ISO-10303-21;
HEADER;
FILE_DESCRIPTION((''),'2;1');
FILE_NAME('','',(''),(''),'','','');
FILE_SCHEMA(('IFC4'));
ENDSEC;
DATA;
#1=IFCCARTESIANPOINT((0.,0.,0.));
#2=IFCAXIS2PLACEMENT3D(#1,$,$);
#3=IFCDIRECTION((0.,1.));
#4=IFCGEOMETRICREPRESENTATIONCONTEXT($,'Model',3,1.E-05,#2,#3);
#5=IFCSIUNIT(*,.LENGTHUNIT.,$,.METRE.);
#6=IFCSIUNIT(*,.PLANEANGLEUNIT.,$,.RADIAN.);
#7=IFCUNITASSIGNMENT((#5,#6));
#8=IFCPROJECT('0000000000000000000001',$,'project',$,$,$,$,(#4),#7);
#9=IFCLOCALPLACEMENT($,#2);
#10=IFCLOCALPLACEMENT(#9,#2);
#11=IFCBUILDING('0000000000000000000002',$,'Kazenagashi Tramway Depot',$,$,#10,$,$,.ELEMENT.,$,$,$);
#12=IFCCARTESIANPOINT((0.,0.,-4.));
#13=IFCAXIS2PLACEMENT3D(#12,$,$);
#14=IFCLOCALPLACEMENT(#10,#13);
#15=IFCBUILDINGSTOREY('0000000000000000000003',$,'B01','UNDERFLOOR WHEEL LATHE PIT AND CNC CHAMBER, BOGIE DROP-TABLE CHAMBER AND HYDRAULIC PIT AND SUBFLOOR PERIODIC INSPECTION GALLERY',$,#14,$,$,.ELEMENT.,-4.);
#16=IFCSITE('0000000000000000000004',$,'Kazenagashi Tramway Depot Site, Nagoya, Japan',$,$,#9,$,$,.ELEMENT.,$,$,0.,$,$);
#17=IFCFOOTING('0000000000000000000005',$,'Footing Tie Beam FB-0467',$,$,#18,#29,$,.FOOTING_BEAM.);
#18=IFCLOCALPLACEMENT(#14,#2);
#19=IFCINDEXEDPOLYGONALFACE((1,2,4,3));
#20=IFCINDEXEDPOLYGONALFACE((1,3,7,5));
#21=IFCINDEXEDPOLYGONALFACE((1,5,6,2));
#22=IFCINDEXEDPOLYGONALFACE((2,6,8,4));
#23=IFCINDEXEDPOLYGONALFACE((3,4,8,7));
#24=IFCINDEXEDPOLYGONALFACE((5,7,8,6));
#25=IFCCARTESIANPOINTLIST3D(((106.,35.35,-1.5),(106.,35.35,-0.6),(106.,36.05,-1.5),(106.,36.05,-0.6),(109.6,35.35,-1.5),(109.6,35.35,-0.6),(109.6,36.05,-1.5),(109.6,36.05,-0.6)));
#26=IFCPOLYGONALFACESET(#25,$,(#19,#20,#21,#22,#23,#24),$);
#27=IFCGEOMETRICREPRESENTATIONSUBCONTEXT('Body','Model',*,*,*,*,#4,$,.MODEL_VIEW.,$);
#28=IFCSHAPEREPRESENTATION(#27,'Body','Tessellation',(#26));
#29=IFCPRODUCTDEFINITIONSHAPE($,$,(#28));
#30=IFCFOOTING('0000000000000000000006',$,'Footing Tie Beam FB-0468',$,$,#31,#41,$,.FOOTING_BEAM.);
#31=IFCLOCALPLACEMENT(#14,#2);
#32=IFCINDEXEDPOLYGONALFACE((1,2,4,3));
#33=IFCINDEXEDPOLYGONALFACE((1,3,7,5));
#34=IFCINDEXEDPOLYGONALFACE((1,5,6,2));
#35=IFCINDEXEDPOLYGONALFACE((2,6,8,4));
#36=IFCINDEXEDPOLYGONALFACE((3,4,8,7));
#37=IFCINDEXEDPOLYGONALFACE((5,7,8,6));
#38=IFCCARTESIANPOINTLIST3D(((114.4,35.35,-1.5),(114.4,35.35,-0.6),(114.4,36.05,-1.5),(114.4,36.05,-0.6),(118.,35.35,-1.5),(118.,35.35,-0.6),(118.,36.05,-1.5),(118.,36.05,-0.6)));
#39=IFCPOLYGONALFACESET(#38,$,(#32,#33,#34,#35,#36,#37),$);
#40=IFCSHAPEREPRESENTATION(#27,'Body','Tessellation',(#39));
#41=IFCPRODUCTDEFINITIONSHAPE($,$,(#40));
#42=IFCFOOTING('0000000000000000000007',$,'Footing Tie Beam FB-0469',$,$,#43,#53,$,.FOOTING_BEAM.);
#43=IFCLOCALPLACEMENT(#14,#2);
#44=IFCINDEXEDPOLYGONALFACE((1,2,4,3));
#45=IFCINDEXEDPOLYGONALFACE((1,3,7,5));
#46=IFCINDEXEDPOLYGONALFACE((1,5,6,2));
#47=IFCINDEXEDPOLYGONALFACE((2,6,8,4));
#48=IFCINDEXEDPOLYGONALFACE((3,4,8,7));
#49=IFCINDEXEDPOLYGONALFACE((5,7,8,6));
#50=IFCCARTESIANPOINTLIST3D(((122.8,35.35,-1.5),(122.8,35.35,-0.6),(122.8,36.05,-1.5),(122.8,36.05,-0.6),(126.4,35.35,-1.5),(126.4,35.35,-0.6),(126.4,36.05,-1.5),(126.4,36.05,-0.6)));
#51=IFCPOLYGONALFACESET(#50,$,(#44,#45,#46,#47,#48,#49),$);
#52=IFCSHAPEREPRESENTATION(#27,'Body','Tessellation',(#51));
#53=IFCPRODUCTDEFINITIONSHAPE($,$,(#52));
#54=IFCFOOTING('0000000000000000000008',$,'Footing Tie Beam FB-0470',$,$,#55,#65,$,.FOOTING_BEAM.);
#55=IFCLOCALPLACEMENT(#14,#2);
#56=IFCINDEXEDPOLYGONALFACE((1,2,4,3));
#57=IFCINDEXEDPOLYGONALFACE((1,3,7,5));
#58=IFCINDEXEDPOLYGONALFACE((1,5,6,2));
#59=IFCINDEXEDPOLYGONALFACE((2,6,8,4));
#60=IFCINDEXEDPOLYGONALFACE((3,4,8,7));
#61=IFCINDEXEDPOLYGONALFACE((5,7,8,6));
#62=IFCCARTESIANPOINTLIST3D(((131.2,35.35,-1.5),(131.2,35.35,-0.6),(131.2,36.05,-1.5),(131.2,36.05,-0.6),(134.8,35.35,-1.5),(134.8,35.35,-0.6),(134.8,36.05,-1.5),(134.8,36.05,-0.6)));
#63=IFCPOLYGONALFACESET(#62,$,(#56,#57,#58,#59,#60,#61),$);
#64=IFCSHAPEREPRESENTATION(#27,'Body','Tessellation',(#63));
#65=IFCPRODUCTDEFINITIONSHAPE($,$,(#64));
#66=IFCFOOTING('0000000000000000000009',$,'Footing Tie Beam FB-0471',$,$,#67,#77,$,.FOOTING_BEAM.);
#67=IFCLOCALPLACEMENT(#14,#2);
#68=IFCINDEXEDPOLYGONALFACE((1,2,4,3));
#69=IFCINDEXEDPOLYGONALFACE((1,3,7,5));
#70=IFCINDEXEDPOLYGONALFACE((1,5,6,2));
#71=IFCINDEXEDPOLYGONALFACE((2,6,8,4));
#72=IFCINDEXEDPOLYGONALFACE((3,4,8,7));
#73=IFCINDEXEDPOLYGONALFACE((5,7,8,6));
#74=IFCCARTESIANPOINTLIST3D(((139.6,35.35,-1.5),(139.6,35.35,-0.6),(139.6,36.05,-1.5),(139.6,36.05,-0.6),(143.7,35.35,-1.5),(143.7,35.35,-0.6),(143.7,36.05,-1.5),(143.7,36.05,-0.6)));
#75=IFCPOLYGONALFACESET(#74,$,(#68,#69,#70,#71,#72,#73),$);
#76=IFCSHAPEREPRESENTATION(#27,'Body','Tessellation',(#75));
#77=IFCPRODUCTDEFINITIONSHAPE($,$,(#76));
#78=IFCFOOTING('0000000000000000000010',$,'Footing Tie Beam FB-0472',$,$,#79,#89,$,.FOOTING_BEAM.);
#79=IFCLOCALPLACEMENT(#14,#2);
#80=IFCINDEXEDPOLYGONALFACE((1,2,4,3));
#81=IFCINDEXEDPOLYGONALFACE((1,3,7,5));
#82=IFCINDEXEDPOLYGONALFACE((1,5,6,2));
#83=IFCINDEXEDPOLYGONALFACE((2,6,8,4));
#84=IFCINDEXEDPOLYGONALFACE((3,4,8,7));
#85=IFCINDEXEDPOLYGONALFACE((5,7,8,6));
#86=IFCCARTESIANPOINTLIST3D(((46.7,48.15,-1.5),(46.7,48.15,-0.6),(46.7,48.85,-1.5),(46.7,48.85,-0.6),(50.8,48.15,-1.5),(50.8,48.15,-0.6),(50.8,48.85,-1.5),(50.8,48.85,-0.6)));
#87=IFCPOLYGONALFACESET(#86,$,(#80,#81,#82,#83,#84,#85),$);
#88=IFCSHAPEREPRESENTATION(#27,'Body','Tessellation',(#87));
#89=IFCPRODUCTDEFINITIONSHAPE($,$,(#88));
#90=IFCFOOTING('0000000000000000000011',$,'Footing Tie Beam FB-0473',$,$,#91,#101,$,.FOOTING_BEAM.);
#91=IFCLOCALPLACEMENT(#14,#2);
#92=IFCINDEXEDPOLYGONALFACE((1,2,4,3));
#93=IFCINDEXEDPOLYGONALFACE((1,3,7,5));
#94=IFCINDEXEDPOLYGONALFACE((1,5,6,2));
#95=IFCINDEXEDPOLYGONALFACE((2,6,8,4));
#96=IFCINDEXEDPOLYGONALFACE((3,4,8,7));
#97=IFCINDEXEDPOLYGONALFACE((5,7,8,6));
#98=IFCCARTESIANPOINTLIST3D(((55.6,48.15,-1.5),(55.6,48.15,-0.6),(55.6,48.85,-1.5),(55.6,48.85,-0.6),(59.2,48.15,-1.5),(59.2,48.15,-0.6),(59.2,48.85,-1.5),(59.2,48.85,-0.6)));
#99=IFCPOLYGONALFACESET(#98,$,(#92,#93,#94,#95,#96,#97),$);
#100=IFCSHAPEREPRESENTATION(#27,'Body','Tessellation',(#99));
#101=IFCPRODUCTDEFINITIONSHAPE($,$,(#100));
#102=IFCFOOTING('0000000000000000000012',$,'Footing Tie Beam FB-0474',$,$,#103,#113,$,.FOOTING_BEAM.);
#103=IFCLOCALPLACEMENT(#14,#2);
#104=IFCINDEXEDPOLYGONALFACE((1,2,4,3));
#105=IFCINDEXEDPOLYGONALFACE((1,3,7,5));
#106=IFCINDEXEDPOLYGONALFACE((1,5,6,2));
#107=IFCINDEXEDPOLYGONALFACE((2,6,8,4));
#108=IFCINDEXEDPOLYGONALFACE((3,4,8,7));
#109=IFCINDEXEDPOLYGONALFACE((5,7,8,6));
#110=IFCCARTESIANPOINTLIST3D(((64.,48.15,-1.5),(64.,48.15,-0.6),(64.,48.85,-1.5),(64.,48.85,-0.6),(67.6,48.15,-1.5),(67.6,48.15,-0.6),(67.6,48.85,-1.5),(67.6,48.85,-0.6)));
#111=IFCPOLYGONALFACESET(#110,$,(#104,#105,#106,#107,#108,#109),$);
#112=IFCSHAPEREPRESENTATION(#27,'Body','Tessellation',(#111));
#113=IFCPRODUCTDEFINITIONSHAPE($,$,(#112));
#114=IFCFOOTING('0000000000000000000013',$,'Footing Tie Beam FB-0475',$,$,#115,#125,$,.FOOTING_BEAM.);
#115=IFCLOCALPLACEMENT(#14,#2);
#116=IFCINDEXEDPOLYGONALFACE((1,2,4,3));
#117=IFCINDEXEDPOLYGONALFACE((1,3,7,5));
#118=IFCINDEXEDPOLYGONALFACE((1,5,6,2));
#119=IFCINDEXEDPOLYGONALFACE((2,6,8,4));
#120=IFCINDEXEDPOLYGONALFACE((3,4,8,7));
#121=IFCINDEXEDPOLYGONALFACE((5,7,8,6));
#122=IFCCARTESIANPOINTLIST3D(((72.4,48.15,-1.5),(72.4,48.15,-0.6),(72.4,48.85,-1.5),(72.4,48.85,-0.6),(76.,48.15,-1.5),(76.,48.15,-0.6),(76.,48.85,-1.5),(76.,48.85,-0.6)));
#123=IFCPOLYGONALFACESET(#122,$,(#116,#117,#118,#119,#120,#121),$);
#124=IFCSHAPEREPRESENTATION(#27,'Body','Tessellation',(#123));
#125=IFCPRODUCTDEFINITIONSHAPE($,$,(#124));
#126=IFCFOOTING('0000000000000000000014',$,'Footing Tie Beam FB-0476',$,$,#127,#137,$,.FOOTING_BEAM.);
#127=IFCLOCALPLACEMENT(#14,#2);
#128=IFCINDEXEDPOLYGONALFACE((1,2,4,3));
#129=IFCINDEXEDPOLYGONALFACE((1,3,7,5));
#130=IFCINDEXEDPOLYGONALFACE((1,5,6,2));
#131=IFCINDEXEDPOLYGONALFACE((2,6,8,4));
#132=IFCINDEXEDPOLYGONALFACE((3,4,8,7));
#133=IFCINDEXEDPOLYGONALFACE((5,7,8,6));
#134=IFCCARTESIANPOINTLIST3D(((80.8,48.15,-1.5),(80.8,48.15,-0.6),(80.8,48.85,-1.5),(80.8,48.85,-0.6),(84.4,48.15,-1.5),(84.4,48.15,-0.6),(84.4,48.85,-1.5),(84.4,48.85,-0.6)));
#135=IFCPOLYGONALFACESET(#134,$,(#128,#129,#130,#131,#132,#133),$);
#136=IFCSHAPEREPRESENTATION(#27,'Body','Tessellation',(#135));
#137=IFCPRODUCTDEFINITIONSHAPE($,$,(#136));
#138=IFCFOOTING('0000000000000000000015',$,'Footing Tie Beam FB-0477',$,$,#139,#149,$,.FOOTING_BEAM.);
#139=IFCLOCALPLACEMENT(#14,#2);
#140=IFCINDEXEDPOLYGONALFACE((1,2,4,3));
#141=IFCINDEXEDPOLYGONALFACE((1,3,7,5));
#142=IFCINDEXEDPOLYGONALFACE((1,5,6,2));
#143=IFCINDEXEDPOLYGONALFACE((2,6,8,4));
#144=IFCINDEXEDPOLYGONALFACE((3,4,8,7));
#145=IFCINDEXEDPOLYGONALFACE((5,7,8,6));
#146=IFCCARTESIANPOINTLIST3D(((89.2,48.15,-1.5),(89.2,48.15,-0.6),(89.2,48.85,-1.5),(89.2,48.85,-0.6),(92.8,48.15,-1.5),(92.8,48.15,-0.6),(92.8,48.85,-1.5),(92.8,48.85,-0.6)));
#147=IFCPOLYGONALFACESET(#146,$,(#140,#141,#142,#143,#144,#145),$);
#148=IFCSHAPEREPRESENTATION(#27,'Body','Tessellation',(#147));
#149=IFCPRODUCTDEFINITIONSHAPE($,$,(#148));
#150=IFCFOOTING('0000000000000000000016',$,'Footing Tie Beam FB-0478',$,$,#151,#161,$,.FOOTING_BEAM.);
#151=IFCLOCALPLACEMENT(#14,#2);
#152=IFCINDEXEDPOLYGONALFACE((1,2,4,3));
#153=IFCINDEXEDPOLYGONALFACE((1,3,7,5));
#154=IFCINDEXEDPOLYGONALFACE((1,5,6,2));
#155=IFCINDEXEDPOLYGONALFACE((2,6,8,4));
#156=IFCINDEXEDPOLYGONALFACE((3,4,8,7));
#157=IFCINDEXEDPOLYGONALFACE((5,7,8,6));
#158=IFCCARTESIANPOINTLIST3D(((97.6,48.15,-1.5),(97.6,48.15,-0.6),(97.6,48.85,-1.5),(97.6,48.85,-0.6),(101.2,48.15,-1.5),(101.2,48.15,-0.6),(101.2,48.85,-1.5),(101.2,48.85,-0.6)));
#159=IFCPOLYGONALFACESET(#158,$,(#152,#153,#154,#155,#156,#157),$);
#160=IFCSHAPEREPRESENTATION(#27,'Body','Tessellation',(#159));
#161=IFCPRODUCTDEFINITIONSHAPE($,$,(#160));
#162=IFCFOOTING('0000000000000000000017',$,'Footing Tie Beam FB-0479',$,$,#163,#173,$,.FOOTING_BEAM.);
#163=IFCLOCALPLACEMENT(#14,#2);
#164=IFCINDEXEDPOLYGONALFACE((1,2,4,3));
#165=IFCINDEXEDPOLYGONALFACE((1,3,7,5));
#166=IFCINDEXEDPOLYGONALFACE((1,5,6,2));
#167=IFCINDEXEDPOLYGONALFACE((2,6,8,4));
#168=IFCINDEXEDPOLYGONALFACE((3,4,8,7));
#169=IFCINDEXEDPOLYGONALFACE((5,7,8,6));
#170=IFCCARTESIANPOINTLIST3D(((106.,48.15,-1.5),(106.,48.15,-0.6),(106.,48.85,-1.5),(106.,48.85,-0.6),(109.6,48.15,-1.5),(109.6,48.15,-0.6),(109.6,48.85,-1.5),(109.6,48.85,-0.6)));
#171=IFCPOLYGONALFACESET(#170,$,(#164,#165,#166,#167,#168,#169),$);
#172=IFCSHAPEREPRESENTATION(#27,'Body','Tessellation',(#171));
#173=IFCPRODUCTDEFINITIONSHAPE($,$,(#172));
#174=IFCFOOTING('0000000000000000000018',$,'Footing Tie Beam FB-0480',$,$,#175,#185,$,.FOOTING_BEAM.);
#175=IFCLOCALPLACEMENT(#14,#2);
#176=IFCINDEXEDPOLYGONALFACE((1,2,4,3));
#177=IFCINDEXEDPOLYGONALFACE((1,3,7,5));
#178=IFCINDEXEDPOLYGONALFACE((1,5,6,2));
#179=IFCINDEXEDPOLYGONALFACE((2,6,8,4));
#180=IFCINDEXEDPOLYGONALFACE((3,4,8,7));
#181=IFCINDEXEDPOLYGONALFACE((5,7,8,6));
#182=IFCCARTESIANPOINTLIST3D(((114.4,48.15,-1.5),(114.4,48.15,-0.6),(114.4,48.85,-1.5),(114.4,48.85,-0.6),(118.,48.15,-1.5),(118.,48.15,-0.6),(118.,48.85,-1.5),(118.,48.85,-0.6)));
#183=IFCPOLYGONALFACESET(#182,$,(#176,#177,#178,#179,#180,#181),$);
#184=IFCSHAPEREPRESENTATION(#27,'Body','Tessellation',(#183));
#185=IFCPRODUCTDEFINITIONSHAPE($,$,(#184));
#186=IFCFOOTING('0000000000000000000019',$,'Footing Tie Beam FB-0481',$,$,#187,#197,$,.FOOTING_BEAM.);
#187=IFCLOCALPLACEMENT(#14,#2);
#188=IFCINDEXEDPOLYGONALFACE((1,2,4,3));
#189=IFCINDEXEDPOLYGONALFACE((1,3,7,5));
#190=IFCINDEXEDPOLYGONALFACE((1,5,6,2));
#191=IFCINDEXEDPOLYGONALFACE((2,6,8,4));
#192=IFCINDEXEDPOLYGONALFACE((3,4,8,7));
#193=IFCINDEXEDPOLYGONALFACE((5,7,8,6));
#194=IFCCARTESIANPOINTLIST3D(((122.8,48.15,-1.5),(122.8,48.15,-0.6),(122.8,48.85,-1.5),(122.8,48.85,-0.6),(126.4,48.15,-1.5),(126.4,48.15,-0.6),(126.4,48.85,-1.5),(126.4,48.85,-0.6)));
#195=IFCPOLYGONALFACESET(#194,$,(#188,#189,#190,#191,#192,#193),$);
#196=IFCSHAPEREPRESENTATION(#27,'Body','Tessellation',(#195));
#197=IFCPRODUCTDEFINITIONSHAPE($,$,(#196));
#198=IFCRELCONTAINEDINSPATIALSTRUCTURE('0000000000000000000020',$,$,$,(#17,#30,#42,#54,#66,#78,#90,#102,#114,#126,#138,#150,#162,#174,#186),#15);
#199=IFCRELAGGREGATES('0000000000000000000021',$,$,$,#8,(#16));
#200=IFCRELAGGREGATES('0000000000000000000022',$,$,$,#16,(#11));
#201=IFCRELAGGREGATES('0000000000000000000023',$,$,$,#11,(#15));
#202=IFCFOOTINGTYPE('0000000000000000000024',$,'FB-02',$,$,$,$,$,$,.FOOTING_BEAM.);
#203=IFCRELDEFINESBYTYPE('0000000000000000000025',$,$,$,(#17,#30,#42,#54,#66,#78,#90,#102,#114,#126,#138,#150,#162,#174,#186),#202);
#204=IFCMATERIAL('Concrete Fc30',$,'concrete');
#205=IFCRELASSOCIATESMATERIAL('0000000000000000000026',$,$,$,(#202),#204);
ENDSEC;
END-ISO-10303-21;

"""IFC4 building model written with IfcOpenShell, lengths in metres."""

from ifc_helpers import new_model, si_unit, direction, frame, origin, place, context, subcontext, project, spatial, polyline, outline, extrude, material, type_object, element, save


model = new_model("IFC4")

# Units and contexts
model_context = context("Model", 3, precision=1e-05, world=origin(), true_north=direction((0.0, 1.0)))
body_context = subcontext(model_context, "Body", "Model", "MODEL_VIEW")
ifc_project = project(units=[si_unit("LENGTHUNIT", "METRE"), si_unit("PLANEANGLEUNIT", "RADIAN")], contexts=[model_context])

# Site, building, storey
site_placement = place(None, origin())
site = spatial("IfcSite", under=ifc_project, at=site_placement, Name="Kazenagashi Tramway Depot Site, Nagoya, Japan", CompositionType="ELEMENT", RefElevation=0.0)
building_placement = place(site_placement, origin())
building = spatial("IfcBuilding", under=site, at=building_placement, Name="Kazenagashi Tramway Depot", CompositionType="ELEMENT")
storey_placement = place(building_placement, frame((0.0, 0.0, -4.0)))
storey = spatial("IfcBuildingStorey", under=building, at=storey_placement, Name="B01", Description="UNDERFLOOR WHEEL LATHE PIT AND CNC CHAMBER, BOGIE DROP-TABLE CHAMBER AND HYDRAULIC PIT AND SUBFLOOR PERIODIC INSPECTION GALLERY", CompositionType="ELEMENT", Elevation=-4.0)

# Footings
ifc_material = material(Name="Concrete Fc30", Category="concrete")
footing_type = type_object("IfcFootingType", Name="FB-02", PredefinedType="FOOTING_BEAM", material=ifc_material)
footing_1_placement = place(storey_placement, frame((0.0, 0.0, -1.5)))
element("IfcFooting", 1, at=footing_1_placement, inside=storey, type_object=footing_type, Name="Footing Tie Beam FB-0467", PredefinedType="FOOTING_BEAM", context=body_context, shape_type="SweptSolid", body=[
    extrude(outline(polyline([(106.0, 35.35), (109.6, 35.35), (109.6, 36.05), (106.0, 36.05), (106.0, 35.35)])), origin(), (0.0, 0.0, 1.0), 0.9),
])
footing_2_placement = place(storey_placement, frame((0.0, 0.0, -1.5)))
element("IfcFooting", 2, at=footing_2_placement, inside=storey, type_object=footing_type, Name="Footing Tie Beam FB-0468", PredefinedType="FOOTING_BEAM", context=body_context, shape_type="SweptSolid", body=[
    extrude(outline(polyline([(114.4, 35.35), (118.0, 35.35), (118.0, 36.05), (114.4, 36.05), (114.4, 35.35)])), origin(), (0.0, 0.0, 1.0), 0.9),
])
footing_3_placement = place(storey_placement, frame((0.0, 0.0, -1.5)))
element("IfcFooting", 3, at=footing_3_placement, inside=storey, type_object=footing_type, Name="Footing Tie Beam FB-0469", PredefinedType="FOOTING_BEAM", context=body_context, shape_type="SweptSolid", body=[
    extrude(outline(polyline([(122.8, 35.35), (126.4, 35.35), (126.4, 36.05), (122.8, 36.05), (122.8, 35.35)])), origin(), (0.0, 0.0, 1.0), 0.9),
])
footing_4_placement = place(storey_placement, frame((0.0, 0.0, -1.5)))
element("IfcFooting", 4, at=footing_4_placement, inside=storey, type_object=footing_type, Name="Footing Tie Beam FB-0470", PredefinedType="FOOTING_BEAM", context=body_context, shape_type="SweptSolid", body=[
    extrude(outline(polyline([(131.2, 35.35), (134.8, 35.35), (134.8, 36.05), (131.2, 36.05), (131.2, 35.35)])), origin(), (0.0, 0.0, 1.0), 0.9),
])
footing_5_placement = place(storey_placement, frame((0.0, 0.0, -1.5)))
element("IfcFooting", 5, at=footing_5_placement, inside=storey, type_object=footing_type, Name="Footing Tie Beam FB-0471", PredefinedType="FOOTING_BEAM", context=body_context, shape_type="SweptSolid", body=[
    extrude(outline(polyline([(139.6, 35.35), (143.7, 35.35), (143.7, 36.05), (139.6, 36.05), (139.6, 35.35)])), origin(), (0.0, 0.0, 1.0), 0.9),
])
footing_6_placement = place(storey_placement, frame((0.0, 0.0, -1.5)))
element("IfcFooting", 6, at=footing_6_placement, inside=storey, type_object=footing_type, Name="Footing Tie Beam FB-0472", PredefinedType="FOOTING_BEAM", context=body_context, shape_type="SweptSolid", body=[
    extrude(outline(polyline([(46.7, 48.15), (50.8, 48.15), (50.8, 48.85), (46.7, 48.85), (46.7, 48.15)])), origin(), (0.0, 0.0, 1.0), 0.9),
])
footing_7_placement = place(storey_placement, frame((0.0, 0.0, -1.5)))
element("IfcFooting", 7, at=footing_7_placement, inside=storey, type_object=footing_type, Name="Footing Tie Beam FB-0473", PredefinedType="FOOTING_BEAM", context=body_context, shape_type="SweptSolid", body=[
    extrude(outline(polyline([(55.6, 48.15), (59.2, 48.15), (59.2, 48.85), (55.6, 48.85), (55.6, 48.15)])), origin(), (0.0, 0.0, 1.0), 0.9),
])
footing_8_placement = place(storey_placement, frame((0.0, 0.0, -1.5)))
element("IfcFooting", 8, at=footing_8_placement, inside=storey, type_object=footing_type, Name="Footing Tie Beam FB-0474", PredefinedType="FOOTING_BEAM", context=body_context, shape_type="SweptSolid", body=[
    extrude(outline(polyline([(64.0, 48.15), (67.6, 48.15), (67.6, 48.85), (64.0, 48.85), (64.0, 48.15)])), origin(), (0.0, 0.0, 1.0), 0.9),
])
footing_9_placement = place(storey_placement, frame((0.0, 0.0, -1.5)))
element("IfcFooting", 9, at=footing_9_placement, inside=storey, type_object=footing_type, Name="Footing Tie Beam FB-0475", PredefinedType="FOOTING_BEAM", context=body_context, shape_type="SweptSolid", body=[
    extrude(outline(polyline([(72.4, 48.15), (76.0, 48.15), (76.0, 48.85), (72.4, 48.85), (72.4, 48.15)])), origin(), (0.0, 0.0, 1.0), 0.9),
])
footing_10_placement = place(storey_placement, frame((0.0, 0.0, -1.5)))
element("IfcFooting", 10, at=footing_10_placement, inside=storey, type_object=footing_type, Name="Footing Tie Beam FB-0476", PredefinedType="FOOTING_BEAM", context=body_context, shape_type="SweptSolid", body=[
    extrude(outline(polyline([(80.8, 48.15), (84.4, 48.15), (84.4, 48.85), (80.8, 48.85), (80.8, 48.15)])), origin(), (0.0, 0.0, 1.0), 0.9),
])
footing_11_placement = place(storey_placement, frame((0.0, 0.0, -1.5)))
element("IfcFooting", 11, at=footing_11_placement, inside=storey, type_object=footing_type, Name="Footing Tie Beam FB-0477", PredefinedType="FOOTING_BEAM", context=body_context, shape_type="SweptSolid", body=[
    extrude(outline(polyline([(89.2, 48.15), (92.8, 48.15), (92.8, 48.85), (89.2, 48.85), (89.2, 48.15)])), origin(), (0.0, 0.0, 1.0), 0.9),
])
footing_12_placement = place(storey_placement, frame((0.0, 0.0, -1.5)))
element("IfcFooting", 12, at=footing_12_placement, inside=storey, type_object=footing_type, Name="Footing Tie Beam FB-0478", PredefinedType="FOOTING_BEAM", context=body_context, shape_type="SweptSolid", body=[
    extrude(outline(polyline([(97.6, 48.15), (101.2, 48.15), (101.2, 48.85), (97.6, 48.85), (97.6, 48.15)])), origin(), (0.0, 0.0, 1.0), 0.9),
])
footing_13_placement = place(storey_placement, frame((0.0, 0.0, -1.5)))
element("IfcFooting", 13, at=footing_13_placement, inside=storey, type_object=footing_type, Name="Footing Tie Beam FB-0479", PredefinedType="FOOTING_BEAM", context=body_context, shape_type="SweptSolid", body=[
    extrude(outline(polyline([(106.0, 48.15), (109.6, 48.15), (109.6, 48.85), (106.0, 48.85), (106.0, 48.15)])), origin(), (0.0, 0.0, 1.0), 0.9),
])
footing_14_placement = place(storey_placement, frame((0.0, 0.0, -1.5)))
element("IfcFooting", 14, at=footing_14_placement, inside=storey, type_object=footing_type, Name="Footing Tie Beam FB-0480", PredefinedType="FOOTING_BEAM", context=body_context, shape_type="SweptSolid", body=[
    extrude(outline(polyline([(114.4, 48.15), (118.0, 48.15), (118.0, 48.85), (114.4, 48.85), (114.4, 48.15)])), origin(), (0.0, 0.0, 1.0), 0.9),
])
footing_15_placement = place(storey_placement, frame((0.0, 0.0, -1.5)))
element("IfcFooting", 15, at=footing_15_placement, inside=storey, type_object=footing_type, Name="Footing Tie Beam FB-0481", PredefinedType="FOOTING_BEAM", context=body_context, shape_type="SweptSolid", body=[
    extrude(outline(polyline([(122.8, 48.15), (126.4, 48.15), (126.4, 48.85), (122.8, 48.85), (122.8, 48.15)])), origin(), (0.0, 0.0, 1.0), 0.9),
])

save(model, "model.ifc")
